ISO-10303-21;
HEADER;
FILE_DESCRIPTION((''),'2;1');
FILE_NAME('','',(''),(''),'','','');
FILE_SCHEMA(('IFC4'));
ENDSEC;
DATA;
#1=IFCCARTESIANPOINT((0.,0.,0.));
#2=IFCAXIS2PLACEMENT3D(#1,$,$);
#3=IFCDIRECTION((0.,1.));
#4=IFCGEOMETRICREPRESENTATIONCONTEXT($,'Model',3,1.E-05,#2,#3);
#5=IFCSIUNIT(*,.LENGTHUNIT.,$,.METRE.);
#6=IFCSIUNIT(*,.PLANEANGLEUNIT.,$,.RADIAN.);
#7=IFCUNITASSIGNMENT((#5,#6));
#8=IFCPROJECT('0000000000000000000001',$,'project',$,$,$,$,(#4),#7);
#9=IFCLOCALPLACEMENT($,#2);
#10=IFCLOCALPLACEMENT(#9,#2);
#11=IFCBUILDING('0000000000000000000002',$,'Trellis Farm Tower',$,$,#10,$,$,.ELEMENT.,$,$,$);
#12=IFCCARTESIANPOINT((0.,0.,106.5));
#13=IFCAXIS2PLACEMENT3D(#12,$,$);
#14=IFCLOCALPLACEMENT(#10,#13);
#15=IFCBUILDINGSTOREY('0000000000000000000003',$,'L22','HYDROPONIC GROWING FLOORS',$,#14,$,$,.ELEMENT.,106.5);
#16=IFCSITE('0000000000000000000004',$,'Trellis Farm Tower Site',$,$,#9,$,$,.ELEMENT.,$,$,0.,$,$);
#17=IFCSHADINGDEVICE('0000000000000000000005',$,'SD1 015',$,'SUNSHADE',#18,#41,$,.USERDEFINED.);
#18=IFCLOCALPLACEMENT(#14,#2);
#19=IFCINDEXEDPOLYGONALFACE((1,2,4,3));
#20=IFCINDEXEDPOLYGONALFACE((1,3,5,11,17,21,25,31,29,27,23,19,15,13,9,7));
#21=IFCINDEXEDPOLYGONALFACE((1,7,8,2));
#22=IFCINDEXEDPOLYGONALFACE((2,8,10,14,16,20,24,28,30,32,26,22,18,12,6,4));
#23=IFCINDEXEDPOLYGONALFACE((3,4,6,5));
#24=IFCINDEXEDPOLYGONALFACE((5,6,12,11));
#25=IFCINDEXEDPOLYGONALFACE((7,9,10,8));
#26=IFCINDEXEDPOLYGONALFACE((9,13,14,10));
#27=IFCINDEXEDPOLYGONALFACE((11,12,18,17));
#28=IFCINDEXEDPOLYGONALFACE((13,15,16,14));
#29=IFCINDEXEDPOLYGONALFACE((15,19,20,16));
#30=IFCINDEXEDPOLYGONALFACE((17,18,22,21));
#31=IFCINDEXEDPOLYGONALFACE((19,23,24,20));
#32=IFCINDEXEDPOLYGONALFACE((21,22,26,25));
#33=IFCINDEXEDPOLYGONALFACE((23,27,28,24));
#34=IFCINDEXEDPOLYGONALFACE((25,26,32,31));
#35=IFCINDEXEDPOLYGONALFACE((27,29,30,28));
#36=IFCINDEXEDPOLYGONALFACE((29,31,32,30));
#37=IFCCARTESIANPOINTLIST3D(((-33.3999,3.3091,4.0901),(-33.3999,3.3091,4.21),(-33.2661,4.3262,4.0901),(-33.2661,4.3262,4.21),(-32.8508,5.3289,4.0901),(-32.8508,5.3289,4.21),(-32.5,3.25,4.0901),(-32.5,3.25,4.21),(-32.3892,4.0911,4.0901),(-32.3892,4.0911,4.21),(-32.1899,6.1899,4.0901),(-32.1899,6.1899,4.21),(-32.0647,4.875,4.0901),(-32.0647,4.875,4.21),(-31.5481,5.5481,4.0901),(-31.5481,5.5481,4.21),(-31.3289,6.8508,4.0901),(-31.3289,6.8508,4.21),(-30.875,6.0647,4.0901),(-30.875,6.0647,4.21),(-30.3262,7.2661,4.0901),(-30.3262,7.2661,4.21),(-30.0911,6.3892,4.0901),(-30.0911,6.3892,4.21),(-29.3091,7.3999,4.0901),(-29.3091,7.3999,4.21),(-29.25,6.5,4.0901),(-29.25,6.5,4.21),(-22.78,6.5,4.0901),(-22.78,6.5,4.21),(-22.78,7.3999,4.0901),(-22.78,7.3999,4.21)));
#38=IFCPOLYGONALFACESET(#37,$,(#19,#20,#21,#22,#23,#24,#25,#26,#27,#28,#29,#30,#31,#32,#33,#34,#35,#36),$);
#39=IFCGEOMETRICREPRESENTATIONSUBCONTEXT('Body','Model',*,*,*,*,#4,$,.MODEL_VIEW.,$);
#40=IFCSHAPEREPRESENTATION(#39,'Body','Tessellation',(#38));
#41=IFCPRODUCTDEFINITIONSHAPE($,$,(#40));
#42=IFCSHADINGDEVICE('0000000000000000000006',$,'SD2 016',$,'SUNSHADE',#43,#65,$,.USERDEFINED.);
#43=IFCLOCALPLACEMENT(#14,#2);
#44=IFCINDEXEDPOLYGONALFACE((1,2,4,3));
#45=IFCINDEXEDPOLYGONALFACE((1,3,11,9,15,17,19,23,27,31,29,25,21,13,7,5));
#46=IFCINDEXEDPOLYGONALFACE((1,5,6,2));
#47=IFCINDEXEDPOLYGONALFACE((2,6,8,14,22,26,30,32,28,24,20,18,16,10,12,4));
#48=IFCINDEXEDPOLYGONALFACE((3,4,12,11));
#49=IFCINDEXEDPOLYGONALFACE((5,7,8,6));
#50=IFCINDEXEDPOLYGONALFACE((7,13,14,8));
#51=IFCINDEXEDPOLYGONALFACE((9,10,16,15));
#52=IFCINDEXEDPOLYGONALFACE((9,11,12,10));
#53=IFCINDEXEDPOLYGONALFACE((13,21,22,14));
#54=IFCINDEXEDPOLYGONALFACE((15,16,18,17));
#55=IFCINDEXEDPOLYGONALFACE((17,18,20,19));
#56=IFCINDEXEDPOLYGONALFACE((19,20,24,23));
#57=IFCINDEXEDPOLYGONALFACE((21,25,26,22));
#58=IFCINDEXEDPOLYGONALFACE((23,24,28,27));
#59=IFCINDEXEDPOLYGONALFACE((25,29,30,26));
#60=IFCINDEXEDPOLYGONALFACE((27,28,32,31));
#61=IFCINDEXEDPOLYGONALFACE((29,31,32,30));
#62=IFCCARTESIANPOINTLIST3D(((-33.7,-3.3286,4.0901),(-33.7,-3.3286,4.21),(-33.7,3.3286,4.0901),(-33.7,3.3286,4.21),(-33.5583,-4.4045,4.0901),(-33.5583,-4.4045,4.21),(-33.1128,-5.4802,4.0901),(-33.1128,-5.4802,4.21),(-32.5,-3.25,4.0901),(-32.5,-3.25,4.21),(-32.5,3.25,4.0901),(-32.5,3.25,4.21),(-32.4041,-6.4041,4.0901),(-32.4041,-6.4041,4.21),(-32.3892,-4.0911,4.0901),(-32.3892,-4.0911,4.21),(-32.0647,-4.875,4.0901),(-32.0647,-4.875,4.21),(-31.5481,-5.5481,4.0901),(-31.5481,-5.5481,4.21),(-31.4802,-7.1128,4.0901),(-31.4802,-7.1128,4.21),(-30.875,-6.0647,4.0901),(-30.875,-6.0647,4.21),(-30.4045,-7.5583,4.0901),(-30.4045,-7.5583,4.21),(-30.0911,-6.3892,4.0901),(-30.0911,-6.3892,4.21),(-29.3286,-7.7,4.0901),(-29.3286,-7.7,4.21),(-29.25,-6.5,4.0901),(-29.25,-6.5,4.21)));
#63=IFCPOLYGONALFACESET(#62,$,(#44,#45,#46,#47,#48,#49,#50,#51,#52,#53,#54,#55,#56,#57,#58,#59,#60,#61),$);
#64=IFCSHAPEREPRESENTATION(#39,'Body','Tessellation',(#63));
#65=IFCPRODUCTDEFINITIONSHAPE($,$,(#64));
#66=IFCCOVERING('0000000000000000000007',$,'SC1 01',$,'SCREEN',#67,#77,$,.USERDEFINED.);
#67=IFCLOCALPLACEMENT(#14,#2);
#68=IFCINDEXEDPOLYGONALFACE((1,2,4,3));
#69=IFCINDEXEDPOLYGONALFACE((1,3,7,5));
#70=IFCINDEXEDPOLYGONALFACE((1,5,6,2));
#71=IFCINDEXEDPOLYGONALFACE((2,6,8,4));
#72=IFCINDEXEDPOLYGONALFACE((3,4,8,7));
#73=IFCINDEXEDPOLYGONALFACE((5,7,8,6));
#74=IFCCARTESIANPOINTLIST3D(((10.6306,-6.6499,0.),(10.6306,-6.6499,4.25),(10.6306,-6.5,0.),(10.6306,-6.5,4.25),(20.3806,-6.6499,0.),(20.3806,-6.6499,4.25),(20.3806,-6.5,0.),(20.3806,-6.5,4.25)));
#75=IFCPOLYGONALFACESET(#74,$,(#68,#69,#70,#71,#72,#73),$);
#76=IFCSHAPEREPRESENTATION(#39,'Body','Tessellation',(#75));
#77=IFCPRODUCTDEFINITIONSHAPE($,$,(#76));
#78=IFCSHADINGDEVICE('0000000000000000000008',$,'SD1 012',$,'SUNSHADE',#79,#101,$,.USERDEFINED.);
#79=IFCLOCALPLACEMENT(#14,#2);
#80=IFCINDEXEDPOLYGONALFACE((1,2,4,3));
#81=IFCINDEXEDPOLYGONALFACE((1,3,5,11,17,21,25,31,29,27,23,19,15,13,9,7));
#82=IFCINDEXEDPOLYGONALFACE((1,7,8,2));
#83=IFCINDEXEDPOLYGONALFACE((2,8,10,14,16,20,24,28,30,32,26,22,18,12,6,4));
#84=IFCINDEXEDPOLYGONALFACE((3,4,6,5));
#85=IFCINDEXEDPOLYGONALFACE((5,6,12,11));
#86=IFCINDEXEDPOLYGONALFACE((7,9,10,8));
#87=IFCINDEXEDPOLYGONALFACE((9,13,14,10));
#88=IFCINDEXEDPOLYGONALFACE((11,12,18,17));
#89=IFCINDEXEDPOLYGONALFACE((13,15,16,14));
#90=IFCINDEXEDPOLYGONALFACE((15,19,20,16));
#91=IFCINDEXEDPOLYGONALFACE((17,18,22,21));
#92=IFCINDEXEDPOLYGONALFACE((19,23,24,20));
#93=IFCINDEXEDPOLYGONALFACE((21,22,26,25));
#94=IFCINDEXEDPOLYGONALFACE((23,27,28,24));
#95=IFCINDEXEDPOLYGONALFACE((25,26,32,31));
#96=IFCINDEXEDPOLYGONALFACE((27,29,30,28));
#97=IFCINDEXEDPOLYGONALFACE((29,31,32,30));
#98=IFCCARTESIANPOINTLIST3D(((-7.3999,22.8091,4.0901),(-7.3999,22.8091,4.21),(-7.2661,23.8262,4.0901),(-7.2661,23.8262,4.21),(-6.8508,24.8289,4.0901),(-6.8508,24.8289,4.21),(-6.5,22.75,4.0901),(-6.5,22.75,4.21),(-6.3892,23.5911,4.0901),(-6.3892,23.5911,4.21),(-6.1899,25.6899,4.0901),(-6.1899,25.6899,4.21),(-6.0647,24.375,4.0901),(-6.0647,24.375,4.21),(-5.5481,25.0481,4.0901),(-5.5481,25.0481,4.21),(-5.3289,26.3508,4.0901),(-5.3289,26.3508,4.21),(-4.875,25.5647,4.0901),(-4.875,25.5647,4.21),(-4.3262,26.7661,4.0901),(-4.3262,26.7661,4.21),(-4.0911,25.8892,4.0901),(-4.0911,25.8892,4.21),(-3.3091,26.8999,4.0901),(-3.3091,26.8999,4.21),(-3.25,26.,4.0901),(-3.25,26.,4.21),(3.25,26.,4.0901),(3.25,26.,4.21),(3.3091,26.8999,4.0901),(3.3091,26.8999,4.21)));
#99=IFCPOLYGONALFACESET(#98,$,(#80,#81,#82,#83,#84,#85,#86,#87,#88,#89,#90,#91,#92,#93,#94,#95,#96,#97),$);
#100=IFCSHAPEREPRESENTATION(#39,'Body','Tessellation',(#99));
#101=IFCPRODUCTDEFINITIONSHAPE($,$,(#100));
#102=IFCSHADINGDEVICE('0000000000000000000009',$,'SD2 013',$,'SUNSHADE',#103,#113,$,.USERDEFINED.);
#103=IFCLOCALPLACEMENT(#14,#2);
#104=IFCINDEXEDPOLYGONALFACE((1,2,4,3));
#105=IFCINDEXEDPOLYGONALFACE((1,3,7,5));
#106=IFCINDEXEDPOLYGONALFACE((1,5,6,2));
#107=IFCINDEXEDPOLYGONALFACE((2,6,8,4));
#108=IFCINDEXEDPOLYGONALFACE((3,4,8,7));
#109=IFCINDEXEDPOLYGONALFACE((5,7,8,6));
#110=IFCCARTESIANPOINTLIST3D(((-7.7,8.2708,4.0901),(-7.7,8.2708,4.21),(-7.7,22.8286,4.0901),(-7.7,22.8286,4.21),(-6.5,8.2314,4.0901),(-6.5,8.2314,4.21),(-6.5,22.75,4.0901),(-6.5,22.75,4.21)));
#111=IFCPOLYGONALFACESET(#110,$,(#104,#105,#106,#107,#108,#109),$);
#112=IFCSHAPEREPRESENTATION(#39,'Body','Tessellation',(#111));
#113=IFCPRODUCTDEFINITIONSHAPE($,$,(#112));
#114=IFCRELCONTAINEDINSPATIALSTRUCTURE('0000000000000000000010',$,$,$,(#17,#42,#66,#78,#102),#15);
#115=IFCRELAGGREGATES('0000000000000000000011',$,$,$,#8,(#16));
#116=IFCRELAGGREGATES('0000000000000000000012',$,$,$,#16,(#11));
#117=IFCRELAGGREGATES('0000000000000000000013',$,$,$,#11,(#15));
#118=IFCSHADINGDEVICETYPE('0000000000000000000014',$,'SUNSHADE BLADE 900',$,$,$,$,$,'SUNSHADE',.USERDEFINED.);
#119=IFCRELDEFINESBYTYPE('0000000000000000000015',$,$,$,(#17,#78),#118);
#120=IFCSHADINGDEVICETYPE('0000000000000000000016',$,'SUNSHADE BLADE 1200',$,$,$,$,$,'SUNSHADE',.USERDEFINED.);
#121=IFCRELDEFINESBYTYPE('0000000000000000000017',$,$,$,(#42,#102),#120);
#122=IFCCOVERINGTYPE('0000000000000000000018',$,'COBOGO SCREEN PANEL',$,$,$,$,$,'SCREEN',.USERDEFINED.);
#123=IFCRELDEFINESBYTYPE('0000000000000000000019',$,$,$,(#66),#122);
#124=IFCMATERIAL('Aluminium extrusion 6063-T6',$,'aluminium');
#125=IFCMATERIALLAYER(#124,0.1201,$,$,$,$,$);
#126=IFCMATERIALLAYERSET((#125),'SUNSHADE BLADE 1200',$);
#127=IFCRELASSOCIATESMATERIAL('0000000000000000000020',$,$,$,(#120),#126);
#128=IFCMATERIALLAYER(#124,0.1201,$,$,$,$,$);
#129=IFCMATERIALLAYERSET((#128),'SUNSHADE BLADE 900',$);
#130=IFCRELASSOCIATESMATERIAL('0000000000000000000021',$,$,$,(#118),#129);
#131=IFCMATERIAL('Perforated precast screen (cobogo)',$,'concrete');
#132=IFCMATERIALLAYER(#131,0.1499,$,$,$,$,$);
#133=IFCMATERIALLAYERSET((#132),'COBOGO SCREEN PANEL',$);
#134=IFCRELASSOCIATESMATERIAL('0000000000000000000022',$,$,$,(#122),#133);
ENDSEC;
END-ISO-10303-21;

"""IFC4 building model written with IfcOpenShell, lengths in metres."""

from ifc_helpers import new_model, si_unit, direction, frame, origin, place, context, subcontext, project, spatial, polyline, outline, extrude, source, transform, mapped, material, layer, layer_set, type_object, element, save


model = new_model("IFC4")

# Units and contexts
model_context = context("Model", 3, precision=1e-05, world=origin(), true_north=direction((0.0, 1.0)))
body_context = subcontext(model_context, "Body", "Model", "MODEL_VIEW")
ifc_project = project(units=[si_unit("LENGTHUNIT", "METRE"), si_unit("PLANEANGLEUNIT", "RADIAN")], contexts=[model_context])

# Site, building, storey
site_placement = place(None, origin())
site = spatial("IfcSite", under=ifc_project, at=site_placement, Name="Trellis Farm Tower Site", CompositionType="ELEMENT", RefElevation=0.0)
building_placement = place(site_placement, origin())
building = spatial("IfcBuilding", under=site, at=building_placement, Name="Trellis Farm Tower", CompositionType="ELEMENT")
storey_placement = place(building_placement, frame((0.0, 0.0, 106.5)))
storey = spatial("IfcBuildingStorey", under=building, at=storey_placement, Name="L22", Description="HYDROPONIC GROWING FLOORS", CompositionType="ELEMENT", Elevation=106.5)

# Shared definitions
placement_1 = place(storey_placement, origin())
ifc_material_1 = material(Name="Aluminium extrusion 6063-T6", Category="aluminium")

# Shading devices
ifc_layer_1 = layer(ifc_material_1, 0.1201)
ifc_layer_set_1 = layer_set([ifc_layer_1], Name="SUNSHADE BLADE 1200")
shading_device_type_1 = type_object("IfcShadingDeviceType", Name="SUNSHADE BLADE 1200", ElementType="SUNSHADE", PredefinedType="USERDEFINED", material=ifc_layer_set_1)
placement_2 = place(storey_placement, frame((0.0, 0.0, 4.0901)))
ifc_layer_2 = layer(ifc_material_1, 0.1201)
ifc_layer_set_2 = layer_set([ifc_layer_2], Name="SUNSHADE BLADE 900")
shading_device_type_2 = type_object("IfcShadingDeviceType", Name="SUNSHADE BLADE 900", ElementType="SUNSHADE", PredefinedType="USERDEFINED", material=ifc_layer_set_2)
shared_shape_1 = source(origin(), body_context, "Body", "SweptSolid", [
    extrude(outline(polyline([(-22.78, 7.3999), (-29.3091, 7.3999), (-30.3262, 7.2661), (-31.3289, 6.8508), (-32.1899, 6.1899), (-32.8508, 5.3289), (-33.2661, 4.3262), (-33.3999, 3.3091), (-32.5, 3.25), (-32.3892, 4.0911), (-32.0647, 4.875), (-31.5481, 5.5481), (-30.875, 6.0647), (-30.0911, 6.3892), (-29.25, 6.5), (-22.78, 6.5), (-22.78, 7.3999)])), origin(), (0.0, 0.0, 1.0), 0.1199),
])
element("IfcShadingDevice", 1, at=placement_2, inside=storey, type_object=shading_device_type_2, Name="SD1 015", ObjectType="SUNSHADE", PredefinedType="USERDEFINED", context=body_context, shape_type="MappedRepresentation", body=[
    mapped(shared_shape_1, transform((0.0, 0.0, 0.0))),
])
shared_shape_2 = source(origin(), body_context, "Body", "SweptSolid", [
    extrude(outline(polyline([(-33.7, 3.3286), (-33.7, -3.3286), (-33.5583, -4.4045), (-33.1128, -5.4802), (-32.4041, -6.4041), (-31.4802, -7.1128), (-30.4045, -7.5583), (-29.3286, -7.7), (-29.25, -6.5), (-30.0911, -6.3892), (-30.875, -6.0647), (-31.5481, -5.5481), (-32.0647, -4.875), (-32.3892, -4.0911), (-32.5, -3.25), (-32.5, 3.25), (-33.7, 3.3286)])), origin(), (0.0, 0.0, 1.0), 0.1199),
])
element("IfcShadingDevice", 2, at=placement_2, inside=storey, type_object=shading_device_type_1, Name="SD2 016", ObjectType="SUNSHADE", PredefinedType="USERDEFINED", context=body_context, shape_type="MappedRepresentation", body=[
    mapped(shared_shape_2, transform((0.0, 0.0, 0.0))),
])

# Covering
ifc_material_2 = material(Name="Perforated precast screen (cobogo)", Category="concrete")
ifc_layer_3 = layer(ifc_material_2, 0.1499)
ifc_layer_set_3 = layer_set([ifc_layer_3], Name="COBOGO SCREEN PANEL")
covering_type = type_object("IfcCoveringType", Name="COBOGO SCREEN PANEL", ElementType="SCREEN", PredefinedType="USERDEFINED", material=ifc_layer_set_3)
shared_shape_3 = source(origin(), body_context, "Body", "SweptSolid", [
    extrude(outline(polyline([(10.6306, -6.6499), (20.3806, -6.6499), (20.3806, -6.5), (10.6306, -6.5), (10.6306, -6.6499)])), origin(), (0.0, 0.0, 1.0), 4.25),
])
element("IfcCovering", 3, at=placement_1, inside=storey, type_object=covering_type, Name="SC1 01", ObjectType="SCREEN", PredefinedType="USERDEFINED", context=body_context, shape_type="MappedRepresentation", body=[
    mapped(shared_shape_3, transform((0.0, 0.0, 0.0))),
])

# Shading devices
shared_shape_4 = source(origin(), body_context, "Body", "SweptSolid", [
    extrude(outline(polyline([(3.3091, 26.8999), (-3.3091, 26.8999), (-4.3262, 26.7661), (-5.3289, 26.3508), (-6.1899, 25.6899), (-6.8508, 24.8289), (-7.2661, 23.8262), (-7.3999, 22.8091), (-6.5, 22.75), (-6.3892, 23.5911), (-6.0647, 24.375), (-5.5481, 25.0481), (-4.875, 25.5647), (-4.0911, 25.8892), (-3.25, 26.0), (3.25, 26.0), (3.3091, 26.8999)])), origin(), (0.0, 0.0, 1.0), 0.1199),
])
element("IfcShadingDevice", 4, at=placement_2, inside=storey, type_object=shading_device_type_2, Name="SD1 012", ObjectType="SUNSHADE", PredefinedType="USERDEFINED", context=body_context, shape_type="MappedRepresentation", body=[
    mapped(shared_shape_4, transform((0.0, 0.0, 0.0))),
])
shared_shape_5 = source(origin(), body_context, "Body", "SweptSolid", [
    extrude(outline(polyline([(-7.7, 22.8286), (-7.7, 8.2708), (-6.5, 8.2314), (-6.5, 22.75), (-7.7, 22.8286)])), origin(), (0.0, 0.0, 1.0), 0.1199),
])
element("IfcShadingDevice", 5, at=placement_2, inside=storey, type_object=shading_device_type_1, Name="SD2 013", ObjectType="SUNSHADE", PredefinedType="USERDEFINED", context=body_context, shape_type="MappedRepresentation", body=[
    mapped(shared_shape_5, transform((0.0, 0.0, 0.0))),
])

save(model, "model.ifc")
